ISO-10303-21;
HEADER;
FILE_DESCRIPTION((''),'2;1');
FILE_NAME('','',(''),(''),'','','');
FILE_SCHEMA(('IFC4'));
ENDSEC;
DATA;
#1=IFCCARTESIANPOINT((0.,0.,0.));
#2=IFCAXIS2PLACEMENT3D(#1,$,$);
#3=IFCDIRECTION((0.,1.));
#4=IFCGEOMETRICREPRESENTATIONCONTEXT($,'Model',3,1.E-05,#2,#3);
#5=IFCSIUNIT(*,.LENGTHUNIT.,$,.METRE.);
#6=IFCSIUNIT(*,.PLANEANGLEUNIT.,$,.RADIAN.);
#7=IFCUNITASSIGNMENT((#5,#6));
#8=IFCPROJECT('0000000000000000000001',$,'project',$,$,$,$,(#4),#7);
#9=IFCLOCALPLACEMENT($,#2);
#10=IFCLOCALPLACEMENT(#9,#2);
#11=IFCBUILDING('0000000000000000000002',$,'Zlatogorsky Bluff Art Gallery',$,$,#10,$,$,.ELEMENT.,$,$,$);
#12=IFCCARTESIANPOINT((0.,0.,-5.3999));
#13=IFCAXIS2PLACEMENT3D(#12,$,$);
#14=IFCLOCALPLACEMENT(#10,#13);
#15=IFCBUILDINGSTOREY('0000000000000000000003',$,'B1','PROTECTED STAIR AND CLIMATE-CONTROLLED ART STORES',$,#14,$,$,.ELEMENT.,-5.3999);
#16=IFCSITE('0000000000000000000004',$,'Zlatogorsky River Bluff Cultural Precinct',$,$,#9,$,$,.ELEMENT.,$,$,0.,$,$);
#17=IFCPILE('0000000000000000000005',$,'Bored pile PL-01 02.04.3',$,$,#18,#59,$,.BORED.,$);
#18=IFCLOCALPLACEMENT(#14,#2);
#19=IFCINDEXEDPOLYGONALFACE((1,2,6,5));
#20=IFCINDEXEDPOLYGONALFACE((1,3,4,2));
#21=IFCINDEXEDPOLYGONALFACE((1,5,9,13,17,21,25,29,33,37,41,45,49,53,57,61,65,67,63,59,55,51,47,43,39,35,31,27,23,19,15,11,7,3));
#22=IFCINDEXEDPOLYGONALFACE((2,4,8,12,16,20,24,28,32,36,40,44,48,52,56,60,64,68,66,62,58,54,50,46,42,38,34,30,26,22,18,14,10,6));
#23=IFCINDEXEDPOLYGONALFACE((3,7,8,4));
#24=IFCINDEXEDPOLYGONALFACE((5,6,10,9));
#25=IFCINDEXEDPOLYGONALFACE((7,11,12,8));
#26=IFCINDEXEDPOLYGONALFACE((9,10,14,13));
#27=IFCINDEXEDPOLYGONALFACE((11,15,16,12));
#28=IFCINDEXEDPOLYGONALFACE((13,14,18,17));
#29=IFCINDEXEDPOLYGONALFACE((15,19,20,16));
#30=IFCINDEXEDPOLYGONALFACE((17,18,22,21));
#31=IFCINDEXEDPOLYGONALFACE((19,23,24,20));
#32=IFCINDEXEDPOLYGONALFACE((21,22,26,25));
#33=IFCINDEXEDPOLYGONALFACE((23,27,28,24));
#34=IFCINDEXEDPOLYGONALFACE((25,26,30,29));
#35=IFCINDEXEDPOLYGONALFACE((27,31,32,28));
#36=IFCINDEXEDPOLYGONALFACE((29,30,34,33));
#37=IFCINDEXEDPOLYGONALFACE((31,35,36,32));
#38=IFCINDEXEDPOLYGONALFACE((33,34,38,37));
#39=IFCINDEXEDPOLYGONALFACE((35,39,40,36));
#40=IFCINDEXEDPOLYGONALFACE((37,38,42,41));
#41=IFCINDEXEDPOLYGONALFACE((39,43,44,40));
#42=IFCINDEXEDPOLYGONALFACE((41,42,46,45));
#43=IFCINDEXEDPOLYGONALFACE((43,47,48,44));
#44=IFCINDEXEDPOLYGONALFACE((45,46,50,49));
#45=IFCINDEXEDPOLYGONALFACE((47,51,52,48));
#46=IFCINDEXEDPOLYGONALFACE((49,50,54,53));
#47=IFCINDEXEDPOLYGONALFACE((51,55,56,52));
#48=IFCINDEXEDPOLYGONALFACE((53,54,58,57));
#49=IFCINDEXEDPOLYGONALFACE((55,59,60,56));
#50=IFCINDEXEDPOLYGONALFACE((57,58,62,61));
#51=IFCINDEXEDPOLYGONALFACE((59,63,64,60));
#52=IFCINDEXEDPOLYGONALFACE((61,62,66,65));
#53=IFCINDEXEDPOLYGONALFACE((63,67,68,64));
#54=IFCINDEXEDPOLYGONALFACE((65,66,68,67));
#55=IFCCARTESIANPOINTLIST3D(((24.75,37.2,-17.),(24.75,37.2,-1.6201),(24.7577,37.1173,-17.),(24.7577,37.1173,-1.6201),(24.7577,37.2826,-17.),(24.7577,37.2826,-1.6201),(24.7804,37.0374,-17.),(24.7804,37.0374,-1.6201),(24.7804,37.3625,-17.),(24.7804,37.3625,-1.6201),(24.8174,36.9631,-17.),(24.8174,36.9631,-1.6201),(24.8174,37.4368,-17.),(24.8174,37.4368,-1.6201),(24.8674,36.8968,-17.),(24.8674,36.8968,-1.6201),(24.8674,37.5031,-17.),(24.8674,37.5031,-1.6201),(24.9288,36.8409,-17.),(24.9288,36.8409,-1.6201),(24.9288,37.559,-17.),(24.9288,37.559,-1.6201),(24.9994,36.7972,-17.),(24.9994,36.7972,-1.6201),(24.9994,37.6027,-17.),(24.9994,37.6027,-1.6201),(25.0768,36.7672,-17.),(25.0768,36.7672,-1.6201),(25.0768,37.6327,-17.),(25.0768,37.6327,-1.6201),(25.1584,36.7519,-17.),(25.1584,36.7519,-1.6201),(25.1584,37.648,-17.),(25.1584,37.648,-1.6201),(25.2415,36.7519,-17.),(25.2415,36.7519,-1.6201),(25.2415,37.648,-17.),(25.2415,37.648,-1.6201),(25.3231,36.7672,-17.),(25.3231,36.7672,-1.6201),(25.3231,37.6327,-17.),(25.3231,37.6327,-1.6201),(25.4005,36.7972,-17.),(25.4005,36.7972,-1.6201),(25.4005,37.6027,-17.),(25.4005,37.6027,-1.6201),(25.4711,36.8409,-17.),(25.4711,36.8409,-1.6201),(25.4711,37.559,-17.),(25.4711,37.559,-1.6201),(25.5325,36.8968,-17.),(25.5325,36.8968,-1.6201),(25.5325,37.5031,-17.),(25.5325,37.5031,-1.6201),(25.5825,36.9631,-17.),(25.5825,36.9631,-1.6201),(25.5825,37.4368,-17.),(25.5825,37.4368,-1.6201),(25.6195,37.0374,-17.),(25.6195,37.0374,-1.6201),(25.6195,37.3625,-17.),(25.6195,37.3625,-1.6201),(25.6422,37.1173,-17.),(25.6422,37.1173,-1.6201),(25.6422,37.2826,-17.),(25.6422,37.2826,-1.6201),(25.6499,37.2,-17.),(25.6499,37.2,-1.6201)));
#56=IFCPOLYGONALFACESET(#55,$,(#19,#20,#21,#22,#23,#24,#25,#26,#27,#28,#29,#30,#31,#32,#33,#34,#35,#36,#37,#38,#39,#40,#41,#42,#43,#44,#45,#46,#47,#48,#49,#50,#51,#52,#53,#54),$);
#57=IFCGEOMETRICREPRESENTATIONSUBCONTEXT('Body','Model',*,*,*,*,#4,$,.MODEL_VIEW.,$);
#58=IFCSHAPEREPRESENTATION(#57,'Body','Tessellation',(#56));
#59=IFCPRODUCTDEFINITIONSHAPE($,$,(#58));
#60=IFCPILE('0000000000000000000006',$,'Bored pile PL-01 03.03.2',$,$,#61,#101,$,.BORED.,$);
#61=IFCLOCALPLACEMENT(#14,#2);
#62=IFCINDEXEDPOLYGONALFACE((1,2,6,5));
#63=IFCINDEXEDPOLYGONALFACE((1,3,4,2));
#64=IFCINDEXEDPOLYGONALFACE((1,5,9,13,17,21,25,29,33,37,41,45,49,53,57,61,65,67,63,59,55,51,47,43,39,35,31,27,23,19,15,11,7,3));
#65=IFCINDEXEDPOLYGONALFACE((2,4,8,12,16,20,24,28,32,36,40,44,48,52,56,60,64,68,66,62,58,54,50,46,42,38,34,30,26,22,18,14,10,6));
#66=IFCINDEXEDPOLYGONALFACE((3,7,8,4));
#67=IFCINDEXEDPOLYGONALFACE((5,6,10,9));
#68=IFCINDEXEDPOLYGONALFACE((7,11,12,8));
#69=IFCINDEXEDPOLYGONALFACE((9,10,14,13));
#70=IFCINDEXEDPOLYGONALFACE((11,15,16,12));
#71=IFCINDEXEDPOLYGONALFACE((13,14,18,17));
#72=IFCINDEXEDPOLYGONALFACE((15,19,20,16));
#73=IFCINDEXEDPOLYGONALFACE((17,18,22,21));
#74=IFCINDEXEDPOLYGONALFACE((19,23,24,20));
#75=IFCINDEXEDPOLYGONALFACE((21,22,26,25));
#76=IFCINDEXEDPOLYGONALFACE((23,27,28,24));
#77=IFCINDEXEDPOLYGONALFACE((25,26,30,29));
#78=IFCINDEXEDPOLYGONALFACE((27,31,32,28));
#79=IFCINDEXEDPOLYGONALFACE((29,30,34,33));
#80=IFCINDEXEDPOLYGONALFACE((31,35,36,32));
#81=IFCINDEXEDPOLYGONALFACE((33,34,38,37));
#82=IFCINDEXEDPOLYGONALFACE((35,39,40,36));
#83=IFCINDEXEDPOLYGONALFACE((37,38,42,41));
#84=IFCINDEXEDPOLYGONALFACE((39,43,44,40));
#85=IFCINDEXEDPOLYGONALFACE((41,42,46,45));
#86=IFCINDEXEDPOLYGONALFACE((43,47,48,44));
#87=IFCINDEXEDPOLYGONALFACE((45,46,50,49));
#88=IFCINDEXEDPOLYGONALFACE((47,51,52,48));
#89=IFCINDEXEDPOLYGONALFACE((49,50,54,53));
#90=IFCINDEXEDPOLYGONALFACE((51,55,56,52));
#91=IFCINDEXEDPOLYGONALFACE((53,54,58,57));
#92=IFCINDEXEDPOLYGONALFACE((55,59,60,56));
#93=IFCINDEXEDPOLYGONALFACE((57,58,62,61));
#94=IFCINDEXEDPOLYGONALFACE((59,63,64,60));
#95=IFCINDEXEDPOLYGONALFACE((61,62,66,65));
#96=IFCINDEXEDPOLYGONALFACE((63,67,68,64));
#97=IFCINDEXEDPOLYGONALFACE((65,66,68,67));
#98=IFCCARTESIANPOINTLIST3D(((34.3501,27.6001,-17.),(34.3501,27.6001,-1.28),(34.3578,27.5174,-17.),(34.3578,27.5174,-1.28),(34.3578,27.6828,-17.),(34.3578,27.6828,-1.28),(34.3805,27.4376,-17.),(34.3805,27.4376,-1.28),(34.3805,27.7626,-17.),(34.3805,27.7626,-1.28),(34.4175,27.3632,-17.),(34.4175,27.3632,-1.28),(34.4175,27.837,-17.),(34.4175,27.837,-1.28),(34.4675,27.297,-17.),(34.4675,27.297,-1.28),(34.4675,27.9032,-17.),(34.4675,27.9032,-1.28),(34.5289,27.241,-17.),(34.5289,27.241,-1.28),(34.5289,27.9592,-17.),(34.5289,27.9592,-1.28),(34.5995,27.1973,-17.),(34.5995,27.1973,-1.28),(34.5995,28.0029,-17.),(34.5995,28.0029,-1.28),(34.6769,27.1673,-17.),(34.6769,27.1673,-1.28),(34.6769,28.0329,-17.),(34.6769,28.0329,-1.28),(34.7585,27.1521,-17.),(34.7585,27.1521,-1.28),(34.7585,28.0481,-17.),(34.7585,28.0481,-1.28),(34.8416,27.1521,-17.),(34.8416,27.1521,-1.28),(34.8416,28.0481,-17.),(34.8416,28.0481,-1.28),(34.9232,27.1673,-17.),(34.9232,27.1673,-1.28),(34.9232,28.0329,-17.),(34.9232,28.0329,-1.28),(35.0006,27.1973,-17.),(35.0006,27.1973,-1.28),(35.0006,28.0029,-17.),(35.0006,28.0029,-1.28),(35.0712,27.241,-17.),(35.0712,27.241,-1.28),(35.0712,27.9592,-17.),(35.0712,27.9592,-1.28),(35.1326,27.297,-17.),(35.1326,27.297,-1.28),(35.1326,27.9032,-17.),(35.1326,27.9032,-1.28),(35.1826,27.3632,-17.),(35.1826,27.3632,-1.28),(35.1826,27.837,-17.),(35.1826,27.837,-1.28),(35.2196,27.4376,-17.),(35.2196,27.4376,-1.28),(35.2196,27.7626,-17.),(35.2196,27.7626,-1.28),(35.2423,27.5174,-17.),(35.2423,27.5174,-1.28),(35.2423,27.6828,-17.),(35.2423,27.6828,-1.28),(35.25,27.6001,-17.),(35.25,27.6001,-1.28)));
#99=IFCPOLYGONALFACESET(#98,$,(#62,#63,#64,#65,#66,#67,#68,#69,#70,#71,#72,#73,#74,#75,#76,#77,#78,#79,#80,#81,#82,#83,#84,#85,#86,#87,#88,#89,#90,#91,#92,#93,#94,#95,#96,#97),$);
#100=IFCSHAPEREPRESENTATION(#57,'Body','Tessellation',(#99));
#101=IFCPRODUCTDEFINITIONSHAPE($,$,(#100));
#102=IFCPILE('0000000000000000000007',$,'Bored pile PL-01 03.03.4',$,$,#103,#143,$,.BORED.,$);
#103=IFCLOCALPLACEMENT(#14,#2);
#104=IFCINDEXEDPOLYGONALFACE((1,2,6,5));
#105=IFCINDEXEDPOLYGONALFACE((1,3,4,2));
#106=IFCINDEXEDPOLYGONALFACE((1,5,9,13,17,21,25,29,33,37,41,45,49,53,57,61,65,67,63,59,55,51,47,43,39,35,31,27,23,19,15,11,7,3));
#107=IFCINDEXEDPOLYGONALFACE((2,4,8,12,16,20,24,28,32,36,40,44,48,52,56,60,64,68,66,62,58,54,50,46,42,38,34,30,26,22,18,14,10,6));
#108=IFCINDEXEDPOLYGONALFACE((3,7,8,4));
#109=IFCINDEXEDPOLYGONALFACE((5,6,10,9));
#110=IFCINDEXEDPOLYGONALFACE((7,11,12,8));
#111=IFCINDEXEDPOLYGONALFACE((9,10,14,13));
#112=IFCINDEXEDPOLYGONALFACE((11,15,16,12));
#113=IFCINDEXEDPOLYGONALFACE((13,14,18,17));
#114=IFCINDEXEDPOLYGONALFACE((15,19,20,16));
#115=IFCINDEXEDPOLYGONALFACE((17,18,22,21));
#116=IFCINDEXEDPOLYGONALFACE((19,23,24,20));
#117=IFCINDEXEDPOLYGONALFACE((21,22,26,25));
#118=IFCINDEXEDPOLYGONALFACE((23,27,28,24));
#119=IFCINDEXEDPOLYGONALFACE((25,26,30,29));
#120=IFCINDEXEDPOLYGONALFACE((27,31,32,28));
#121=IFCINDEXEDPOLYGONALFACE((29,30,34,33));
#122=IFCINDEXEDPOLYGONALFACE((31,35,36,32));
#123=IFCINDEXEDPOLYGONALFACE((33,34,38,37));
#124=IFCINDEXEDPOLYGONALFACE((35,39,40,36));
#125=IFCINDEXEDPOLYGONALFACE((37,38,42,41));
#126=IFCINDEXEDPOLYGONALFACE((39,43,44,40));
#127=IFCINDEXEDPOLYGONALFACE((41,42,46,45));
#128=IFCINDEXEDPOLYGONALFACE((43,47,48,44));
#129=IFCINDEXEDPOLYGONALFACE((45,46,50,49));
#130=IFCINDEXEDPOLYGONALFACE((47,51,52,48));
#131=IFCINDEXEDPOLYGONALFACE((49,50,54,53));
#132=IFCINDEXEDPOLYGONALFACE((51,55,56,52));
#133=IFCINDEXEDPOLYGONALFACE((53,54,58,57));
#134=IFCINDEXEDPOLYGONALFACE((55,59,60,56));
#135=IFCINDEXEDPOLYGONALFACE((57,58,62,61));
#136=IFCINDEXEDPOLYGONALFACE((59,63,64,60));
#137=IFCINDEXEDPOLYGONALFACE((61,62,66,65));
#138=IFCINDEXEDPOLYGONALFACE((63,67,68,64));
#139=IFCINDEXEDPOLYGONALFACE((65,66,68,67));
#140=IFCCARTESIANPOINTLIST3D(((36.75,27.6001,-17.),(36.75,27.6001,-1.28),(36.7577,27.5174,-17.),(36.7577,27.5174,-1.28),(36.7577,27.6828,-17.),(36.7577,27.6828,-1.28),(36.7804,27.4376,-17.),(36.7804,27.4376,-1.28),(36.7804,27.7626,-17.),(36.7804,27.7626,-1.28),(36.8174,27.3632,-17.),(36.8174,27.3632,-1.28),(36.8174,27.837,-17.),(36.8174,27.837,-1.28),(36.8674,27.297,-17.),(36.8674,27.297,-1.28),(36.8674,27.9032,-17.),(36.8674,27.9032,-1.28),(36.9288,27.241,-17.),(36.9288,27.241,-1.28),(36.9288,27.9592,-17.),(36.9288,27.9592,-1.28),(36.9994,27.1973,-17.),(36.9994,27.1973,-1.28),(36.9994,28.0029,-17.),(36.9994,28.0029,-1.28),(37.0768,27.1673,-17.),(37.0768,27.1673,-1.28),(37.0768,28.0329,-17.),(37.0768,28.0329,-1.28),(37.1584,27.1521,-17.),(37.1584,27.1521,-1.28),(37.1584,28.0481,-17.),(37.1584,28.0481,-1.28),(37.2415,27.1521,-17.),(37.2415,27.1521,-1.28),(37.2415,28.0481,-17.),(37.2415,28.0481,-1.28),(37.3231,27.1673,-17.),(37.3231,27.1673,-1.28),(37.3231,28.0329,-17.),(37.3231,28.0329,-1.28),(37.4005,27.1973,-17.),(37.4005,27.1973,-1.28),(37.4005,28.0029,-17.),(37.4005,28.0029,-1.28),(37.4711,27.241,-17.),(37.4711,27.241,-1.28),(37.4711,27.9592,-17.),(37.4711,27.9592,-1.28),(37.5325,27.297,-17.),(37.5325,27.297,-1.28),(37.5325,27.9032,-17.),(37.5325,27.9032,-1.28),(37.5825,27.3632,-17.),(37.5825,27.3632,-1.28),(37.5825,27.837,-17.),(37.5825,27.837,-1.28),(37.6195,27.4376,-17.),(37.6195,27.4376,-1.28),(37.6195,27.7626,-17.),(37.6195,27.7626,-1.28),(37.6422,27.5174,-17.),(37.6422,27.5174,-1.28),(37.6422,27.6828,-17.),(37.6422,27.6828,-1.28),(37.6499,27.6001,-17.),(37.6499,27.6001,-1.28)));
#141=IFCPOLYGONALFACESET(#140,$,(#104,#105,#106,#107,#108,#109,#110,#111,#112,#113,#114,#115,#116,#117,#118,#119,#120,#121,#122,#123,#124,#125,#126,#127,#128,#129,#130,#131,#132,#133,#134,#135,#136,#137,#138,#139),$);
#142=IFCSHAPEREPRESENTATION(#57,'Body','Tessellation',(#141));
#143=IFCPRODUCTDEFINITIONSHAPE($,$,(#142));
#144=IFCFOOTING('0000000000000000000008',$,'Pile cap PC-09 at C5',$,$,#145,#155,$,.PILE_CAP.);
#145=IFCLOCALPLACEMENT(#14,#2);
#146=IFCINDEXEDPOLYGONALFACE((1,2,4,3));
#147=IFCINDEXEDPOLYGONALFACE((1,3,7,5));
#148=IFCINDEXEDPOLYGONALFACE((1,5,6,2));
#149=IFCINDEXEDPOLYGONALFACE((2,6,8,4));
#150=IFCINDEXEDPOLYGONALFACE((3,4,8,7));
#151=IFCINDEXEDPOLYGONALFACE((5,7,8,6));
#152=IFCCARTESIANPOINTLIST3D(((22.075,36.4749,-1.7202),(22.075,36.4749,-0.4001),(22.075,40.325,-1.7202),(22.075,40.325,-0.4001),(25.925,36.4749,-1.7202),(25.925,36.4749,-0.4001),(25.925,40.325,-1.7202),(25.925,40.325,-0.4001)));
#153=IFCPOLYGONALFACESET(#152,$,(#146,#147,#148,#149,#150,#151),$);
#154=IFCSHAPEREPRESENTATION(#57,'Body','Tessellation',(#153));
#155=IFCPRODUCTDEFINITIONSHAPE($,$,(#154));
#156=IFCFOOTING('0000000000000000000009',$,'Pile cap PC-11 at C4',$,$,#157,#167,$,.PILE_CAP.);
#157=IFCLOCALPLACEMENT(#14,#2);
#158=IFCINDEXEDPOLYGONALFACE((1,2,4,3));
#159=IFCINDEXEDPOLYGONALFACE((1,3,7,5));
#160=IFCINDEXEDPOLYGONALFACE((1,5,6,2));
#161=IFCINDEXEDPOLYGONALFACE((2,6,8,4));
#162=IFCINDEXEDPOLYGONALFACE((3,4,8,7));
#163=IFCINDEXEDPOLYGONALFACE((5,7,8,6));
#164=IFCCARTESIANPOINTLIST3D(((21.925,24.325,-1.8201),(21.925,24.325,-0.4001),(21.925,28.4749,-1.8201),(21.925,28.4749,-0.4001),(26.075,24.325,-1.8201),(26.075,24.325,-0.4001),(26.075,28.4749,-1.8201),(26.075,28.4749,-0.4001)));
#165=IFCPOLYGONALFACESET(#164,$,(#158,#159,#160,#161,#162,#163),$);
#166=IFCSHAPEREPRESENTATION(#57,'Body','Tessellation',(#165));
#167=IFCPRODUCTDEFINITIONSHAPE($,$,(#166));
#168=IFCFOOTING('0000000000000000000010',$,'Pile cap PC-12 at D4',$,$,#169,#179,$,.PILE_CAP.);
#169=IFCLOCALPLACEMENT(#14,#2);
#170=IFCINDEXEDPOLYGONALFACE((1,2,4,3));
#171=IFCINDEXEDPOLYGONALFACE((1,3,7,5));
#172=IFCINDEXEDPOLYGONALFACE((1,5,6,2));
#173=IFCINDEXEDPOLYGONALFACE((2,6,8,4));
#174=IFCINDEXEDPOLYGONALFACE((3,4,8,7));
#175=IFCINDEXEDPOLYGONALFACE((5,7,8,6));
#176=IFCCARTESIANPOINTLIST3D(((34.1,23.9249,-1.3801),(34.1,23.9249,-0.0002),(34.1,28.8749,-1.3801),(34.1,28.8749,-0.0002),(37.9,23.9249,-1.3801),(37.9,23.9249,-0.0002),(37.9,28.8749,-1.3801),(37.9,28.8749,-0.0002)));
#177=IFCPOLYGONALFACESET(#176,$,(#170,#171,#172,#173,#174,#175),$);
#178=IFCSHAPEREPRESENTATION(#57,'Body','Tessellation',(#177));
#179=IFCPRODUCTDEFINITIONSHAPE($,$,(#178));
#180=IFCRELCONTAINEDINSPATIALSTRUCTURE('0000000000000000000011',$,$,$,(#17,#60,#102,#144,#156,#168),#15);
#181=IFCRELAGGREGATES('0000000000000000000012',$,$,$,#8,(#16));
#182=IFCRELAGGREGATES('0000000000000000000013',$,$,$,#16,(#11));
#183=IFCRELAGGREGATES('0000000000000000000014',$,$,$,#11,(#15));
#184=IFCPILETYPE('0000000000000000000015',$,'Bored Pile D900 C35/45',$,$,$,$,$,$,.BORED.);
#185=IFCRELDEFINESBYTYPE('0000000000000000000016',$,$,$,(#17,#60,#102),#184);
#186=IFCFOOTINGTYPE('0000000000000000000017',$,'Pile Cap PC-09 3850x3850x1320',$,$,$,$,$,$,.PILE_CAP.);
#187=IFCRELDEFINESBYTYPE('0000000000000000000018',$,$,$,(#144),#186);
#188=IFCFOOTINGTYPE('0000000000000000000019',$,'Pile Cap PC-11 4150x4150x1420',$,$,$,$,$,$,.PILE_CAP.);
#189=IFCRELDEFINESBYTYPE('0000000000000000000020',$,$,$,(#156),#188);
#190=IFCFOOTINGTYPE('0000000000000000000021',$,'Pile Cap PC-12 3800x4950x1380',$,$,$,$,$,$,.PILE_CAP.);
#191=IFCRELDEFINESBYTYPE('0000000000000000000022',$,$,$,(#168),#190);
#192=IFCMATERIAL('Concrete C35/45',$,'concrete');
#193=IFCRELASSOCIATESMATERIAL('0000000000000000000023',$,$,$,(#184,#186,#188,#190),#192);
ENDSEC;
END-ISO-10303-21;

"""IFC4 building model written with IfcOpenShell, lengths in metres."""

from ifc_helpers import new_model, si_unit, direction, frame, origin, origin_2d, place, context, subcontext, project, spatial, rectangle, circle, extrude, material, material_profile, profile_set, type_object, element, save


model = new_model("IFC4")

# Units and contexts
model_context = context("Model", 3, precision=1e-05, world=origin(), true_north=direction((0.0, 1.0)))
body_context = subcontext(model_context, "Body", "Model", "MODEL_VIEW")
ifc_project = project(units=[si_unit("LENGTHUNIT", "METRE"), si_unit("PLANEANGLEUNIT", "RADIAN")], contexts=[model_context])

# Site, building, storey
site_placement = place(None, origin())
site = spatial("IfcSite", under=ifc_project, at=site_placement, Name="Zlatogorsky River Bluff Cultural Precinct", CompositionType="ELEMENT", RefElevation=0.0)
building_placement = place(site_placement, origin())
building = spatial("IfcBuilding", under=site, at=building_placement, Name="Zlatogorsky Bluff Art Gallery", CompositionType="ELEMENT")
storey_placement = place(building_placement, frame((0.0, 0.0, -5.3999)))
storey = spatial("IfcBuildingStorey", under=building, at=storey_placement, Name="B1", Description="PROTECTED STAIR AND CLIMATE-CONTROLLED ART STORES", CompositionType="ELEMENT", Elevation=-5.3999)

# Piles
ifc_material_1 = material(Name="Concrete C35/45", Category="concrete")
ifc_material_profile_1 = material_profile(ifc_material_1, circle(Radius=0.45, at=origin_2d()), Name="BORED PILE D900")
ifc_profile_set_1 = profile_set([ifc_material_profile_1], Name="Concrete C35/45")
pile_type = type_object("IfcPileType", Name="Bored Pile D900 C35/45", PredefinedType="BORED", material=ifc_profile_set_1)
for number, where, z_axis, x_axis, name in (
    (1, (25.2, 37.2, -1.6201), (0.0, 0.0, -1.0), (1.0, 0.0, 0.0), "Bored pile PL-01 02.04.3"),
):
    element("IfcPile", number, at=place(storey_placement, frame(where, z_axis=z_axis, x_axis=x_axis)), inside=storey, type_object=pile_type, Name=name, PredefinedType="BORED", context=body_context, shape_type="SweptSolid", body=[
        extrude(circle(Radius=0.45, at=origin_2d()), origin(), (0.0, 0.0, 1.0), 15.3799),
    ])
for number, where, z_axis, x_axis, name in (
    (2, (34.8, 27.6001, -1.28), (0.0, 0.0, -1.0), (1.0, 0.0, 0.0), "Bored pile PL-01 03.03.2"),
    (3, (37.2, 27.6001, -1.28), (0.0, 0.0, -1.0), (1.0, 0.0, 0.0), "Bored pile PL-01 03.03.4"),
):
    element("IfcPile", number, at=place(storey_placement, frame(where, z_axis=z_axis, x_axis=x_axis)), inside=storey, type_object=pile_type, Name=name, PredefinedType="BORED", context=body_context, shape_type="SweptSolid", body=[
        extrude(circle(Radius=0.45, at=origin_2d()), origin(), (0.0, 0.0, 1.0), 15.72),
    ])

# Footings
footing_type_1 = type_object("IfcFootingType", Name="Pile Cap PC-09 3850x3850x1320", PredefinedType="PILE_CAP", material=ifc_material_1)
footing_1_placement = place(storey_placement, frame((24.0, 38.3999, -1.7202), z_axis=(0.0, 0.0, 1.0), x_axis=(1.0, 0.0, 0.0)))
element("IfcFooting", 4, at=footing_1_placement, inside=storey, type_object=footing_type_1, Name="Pile cap PC-09 at C5", PredefinedType="PILE_CAP", context=body_context, shape_type="SweptSolid", body=[
    extrude(rectangle(XDim=3.8501, YDim=3.8501, at=origin_2d()), origin(), (0.0, 0.0, 1.0), 1.3201),
])
footing_type_2 = type_object("IfcFootingType", Name="Pile Cap PC-11 4150x4150x1420", PredefinedType="PILE_CAP", material=ifc_material_1)
footing_2_placement = place(storey_placement, frame((24.0, 26.3999, -1.8201), z_axis=(0.0, 0.0, 1.0), x_axis=(1.0, 0.0, 0.0)))
element("IfcFooting", 5, at=footing_2_placement, inside=storey, type_object=footing_type_2, Name="Pile cap PC-11 at C4", PredefinedType="PILE_CAP", context=body_context, shape_type="SweptSolid", body=[
    extrude(rectangle(XDim=4.1499, YDim=4.1499, at=origin_2d()), origin(), (0.0, 0.0, 1.0), 1.4199),
])
footing_type_3 = type_object("IfcFootingType", Name="Pile Cap PC-12 3800x4950x1380", PredefinedType="PILE_CAP", material=ifc_material_1)
footing_3_placement = place(storey_placement, frame((36.0, 26.3999, -1.3801), z_axis=(0.0, 0.0, 1.0), x_axis=(1.0, 0.0, 0.0)))
element("IfcFooting", 6, at=footing_3_placement, inside=storey, type_object=footing_type_3, Name="Pile cap PC-12 at D4", PredefinedType="PILE_CAP", context=body_context, shape_type="SweptSolid", body=[
    extrude(rectangle(XDim=3.8, YDim=4.95, at=origin_2d()), origin(), (0.0, 0.0, 1.0), 1.3799),
])

save(model, "model.ifc")
